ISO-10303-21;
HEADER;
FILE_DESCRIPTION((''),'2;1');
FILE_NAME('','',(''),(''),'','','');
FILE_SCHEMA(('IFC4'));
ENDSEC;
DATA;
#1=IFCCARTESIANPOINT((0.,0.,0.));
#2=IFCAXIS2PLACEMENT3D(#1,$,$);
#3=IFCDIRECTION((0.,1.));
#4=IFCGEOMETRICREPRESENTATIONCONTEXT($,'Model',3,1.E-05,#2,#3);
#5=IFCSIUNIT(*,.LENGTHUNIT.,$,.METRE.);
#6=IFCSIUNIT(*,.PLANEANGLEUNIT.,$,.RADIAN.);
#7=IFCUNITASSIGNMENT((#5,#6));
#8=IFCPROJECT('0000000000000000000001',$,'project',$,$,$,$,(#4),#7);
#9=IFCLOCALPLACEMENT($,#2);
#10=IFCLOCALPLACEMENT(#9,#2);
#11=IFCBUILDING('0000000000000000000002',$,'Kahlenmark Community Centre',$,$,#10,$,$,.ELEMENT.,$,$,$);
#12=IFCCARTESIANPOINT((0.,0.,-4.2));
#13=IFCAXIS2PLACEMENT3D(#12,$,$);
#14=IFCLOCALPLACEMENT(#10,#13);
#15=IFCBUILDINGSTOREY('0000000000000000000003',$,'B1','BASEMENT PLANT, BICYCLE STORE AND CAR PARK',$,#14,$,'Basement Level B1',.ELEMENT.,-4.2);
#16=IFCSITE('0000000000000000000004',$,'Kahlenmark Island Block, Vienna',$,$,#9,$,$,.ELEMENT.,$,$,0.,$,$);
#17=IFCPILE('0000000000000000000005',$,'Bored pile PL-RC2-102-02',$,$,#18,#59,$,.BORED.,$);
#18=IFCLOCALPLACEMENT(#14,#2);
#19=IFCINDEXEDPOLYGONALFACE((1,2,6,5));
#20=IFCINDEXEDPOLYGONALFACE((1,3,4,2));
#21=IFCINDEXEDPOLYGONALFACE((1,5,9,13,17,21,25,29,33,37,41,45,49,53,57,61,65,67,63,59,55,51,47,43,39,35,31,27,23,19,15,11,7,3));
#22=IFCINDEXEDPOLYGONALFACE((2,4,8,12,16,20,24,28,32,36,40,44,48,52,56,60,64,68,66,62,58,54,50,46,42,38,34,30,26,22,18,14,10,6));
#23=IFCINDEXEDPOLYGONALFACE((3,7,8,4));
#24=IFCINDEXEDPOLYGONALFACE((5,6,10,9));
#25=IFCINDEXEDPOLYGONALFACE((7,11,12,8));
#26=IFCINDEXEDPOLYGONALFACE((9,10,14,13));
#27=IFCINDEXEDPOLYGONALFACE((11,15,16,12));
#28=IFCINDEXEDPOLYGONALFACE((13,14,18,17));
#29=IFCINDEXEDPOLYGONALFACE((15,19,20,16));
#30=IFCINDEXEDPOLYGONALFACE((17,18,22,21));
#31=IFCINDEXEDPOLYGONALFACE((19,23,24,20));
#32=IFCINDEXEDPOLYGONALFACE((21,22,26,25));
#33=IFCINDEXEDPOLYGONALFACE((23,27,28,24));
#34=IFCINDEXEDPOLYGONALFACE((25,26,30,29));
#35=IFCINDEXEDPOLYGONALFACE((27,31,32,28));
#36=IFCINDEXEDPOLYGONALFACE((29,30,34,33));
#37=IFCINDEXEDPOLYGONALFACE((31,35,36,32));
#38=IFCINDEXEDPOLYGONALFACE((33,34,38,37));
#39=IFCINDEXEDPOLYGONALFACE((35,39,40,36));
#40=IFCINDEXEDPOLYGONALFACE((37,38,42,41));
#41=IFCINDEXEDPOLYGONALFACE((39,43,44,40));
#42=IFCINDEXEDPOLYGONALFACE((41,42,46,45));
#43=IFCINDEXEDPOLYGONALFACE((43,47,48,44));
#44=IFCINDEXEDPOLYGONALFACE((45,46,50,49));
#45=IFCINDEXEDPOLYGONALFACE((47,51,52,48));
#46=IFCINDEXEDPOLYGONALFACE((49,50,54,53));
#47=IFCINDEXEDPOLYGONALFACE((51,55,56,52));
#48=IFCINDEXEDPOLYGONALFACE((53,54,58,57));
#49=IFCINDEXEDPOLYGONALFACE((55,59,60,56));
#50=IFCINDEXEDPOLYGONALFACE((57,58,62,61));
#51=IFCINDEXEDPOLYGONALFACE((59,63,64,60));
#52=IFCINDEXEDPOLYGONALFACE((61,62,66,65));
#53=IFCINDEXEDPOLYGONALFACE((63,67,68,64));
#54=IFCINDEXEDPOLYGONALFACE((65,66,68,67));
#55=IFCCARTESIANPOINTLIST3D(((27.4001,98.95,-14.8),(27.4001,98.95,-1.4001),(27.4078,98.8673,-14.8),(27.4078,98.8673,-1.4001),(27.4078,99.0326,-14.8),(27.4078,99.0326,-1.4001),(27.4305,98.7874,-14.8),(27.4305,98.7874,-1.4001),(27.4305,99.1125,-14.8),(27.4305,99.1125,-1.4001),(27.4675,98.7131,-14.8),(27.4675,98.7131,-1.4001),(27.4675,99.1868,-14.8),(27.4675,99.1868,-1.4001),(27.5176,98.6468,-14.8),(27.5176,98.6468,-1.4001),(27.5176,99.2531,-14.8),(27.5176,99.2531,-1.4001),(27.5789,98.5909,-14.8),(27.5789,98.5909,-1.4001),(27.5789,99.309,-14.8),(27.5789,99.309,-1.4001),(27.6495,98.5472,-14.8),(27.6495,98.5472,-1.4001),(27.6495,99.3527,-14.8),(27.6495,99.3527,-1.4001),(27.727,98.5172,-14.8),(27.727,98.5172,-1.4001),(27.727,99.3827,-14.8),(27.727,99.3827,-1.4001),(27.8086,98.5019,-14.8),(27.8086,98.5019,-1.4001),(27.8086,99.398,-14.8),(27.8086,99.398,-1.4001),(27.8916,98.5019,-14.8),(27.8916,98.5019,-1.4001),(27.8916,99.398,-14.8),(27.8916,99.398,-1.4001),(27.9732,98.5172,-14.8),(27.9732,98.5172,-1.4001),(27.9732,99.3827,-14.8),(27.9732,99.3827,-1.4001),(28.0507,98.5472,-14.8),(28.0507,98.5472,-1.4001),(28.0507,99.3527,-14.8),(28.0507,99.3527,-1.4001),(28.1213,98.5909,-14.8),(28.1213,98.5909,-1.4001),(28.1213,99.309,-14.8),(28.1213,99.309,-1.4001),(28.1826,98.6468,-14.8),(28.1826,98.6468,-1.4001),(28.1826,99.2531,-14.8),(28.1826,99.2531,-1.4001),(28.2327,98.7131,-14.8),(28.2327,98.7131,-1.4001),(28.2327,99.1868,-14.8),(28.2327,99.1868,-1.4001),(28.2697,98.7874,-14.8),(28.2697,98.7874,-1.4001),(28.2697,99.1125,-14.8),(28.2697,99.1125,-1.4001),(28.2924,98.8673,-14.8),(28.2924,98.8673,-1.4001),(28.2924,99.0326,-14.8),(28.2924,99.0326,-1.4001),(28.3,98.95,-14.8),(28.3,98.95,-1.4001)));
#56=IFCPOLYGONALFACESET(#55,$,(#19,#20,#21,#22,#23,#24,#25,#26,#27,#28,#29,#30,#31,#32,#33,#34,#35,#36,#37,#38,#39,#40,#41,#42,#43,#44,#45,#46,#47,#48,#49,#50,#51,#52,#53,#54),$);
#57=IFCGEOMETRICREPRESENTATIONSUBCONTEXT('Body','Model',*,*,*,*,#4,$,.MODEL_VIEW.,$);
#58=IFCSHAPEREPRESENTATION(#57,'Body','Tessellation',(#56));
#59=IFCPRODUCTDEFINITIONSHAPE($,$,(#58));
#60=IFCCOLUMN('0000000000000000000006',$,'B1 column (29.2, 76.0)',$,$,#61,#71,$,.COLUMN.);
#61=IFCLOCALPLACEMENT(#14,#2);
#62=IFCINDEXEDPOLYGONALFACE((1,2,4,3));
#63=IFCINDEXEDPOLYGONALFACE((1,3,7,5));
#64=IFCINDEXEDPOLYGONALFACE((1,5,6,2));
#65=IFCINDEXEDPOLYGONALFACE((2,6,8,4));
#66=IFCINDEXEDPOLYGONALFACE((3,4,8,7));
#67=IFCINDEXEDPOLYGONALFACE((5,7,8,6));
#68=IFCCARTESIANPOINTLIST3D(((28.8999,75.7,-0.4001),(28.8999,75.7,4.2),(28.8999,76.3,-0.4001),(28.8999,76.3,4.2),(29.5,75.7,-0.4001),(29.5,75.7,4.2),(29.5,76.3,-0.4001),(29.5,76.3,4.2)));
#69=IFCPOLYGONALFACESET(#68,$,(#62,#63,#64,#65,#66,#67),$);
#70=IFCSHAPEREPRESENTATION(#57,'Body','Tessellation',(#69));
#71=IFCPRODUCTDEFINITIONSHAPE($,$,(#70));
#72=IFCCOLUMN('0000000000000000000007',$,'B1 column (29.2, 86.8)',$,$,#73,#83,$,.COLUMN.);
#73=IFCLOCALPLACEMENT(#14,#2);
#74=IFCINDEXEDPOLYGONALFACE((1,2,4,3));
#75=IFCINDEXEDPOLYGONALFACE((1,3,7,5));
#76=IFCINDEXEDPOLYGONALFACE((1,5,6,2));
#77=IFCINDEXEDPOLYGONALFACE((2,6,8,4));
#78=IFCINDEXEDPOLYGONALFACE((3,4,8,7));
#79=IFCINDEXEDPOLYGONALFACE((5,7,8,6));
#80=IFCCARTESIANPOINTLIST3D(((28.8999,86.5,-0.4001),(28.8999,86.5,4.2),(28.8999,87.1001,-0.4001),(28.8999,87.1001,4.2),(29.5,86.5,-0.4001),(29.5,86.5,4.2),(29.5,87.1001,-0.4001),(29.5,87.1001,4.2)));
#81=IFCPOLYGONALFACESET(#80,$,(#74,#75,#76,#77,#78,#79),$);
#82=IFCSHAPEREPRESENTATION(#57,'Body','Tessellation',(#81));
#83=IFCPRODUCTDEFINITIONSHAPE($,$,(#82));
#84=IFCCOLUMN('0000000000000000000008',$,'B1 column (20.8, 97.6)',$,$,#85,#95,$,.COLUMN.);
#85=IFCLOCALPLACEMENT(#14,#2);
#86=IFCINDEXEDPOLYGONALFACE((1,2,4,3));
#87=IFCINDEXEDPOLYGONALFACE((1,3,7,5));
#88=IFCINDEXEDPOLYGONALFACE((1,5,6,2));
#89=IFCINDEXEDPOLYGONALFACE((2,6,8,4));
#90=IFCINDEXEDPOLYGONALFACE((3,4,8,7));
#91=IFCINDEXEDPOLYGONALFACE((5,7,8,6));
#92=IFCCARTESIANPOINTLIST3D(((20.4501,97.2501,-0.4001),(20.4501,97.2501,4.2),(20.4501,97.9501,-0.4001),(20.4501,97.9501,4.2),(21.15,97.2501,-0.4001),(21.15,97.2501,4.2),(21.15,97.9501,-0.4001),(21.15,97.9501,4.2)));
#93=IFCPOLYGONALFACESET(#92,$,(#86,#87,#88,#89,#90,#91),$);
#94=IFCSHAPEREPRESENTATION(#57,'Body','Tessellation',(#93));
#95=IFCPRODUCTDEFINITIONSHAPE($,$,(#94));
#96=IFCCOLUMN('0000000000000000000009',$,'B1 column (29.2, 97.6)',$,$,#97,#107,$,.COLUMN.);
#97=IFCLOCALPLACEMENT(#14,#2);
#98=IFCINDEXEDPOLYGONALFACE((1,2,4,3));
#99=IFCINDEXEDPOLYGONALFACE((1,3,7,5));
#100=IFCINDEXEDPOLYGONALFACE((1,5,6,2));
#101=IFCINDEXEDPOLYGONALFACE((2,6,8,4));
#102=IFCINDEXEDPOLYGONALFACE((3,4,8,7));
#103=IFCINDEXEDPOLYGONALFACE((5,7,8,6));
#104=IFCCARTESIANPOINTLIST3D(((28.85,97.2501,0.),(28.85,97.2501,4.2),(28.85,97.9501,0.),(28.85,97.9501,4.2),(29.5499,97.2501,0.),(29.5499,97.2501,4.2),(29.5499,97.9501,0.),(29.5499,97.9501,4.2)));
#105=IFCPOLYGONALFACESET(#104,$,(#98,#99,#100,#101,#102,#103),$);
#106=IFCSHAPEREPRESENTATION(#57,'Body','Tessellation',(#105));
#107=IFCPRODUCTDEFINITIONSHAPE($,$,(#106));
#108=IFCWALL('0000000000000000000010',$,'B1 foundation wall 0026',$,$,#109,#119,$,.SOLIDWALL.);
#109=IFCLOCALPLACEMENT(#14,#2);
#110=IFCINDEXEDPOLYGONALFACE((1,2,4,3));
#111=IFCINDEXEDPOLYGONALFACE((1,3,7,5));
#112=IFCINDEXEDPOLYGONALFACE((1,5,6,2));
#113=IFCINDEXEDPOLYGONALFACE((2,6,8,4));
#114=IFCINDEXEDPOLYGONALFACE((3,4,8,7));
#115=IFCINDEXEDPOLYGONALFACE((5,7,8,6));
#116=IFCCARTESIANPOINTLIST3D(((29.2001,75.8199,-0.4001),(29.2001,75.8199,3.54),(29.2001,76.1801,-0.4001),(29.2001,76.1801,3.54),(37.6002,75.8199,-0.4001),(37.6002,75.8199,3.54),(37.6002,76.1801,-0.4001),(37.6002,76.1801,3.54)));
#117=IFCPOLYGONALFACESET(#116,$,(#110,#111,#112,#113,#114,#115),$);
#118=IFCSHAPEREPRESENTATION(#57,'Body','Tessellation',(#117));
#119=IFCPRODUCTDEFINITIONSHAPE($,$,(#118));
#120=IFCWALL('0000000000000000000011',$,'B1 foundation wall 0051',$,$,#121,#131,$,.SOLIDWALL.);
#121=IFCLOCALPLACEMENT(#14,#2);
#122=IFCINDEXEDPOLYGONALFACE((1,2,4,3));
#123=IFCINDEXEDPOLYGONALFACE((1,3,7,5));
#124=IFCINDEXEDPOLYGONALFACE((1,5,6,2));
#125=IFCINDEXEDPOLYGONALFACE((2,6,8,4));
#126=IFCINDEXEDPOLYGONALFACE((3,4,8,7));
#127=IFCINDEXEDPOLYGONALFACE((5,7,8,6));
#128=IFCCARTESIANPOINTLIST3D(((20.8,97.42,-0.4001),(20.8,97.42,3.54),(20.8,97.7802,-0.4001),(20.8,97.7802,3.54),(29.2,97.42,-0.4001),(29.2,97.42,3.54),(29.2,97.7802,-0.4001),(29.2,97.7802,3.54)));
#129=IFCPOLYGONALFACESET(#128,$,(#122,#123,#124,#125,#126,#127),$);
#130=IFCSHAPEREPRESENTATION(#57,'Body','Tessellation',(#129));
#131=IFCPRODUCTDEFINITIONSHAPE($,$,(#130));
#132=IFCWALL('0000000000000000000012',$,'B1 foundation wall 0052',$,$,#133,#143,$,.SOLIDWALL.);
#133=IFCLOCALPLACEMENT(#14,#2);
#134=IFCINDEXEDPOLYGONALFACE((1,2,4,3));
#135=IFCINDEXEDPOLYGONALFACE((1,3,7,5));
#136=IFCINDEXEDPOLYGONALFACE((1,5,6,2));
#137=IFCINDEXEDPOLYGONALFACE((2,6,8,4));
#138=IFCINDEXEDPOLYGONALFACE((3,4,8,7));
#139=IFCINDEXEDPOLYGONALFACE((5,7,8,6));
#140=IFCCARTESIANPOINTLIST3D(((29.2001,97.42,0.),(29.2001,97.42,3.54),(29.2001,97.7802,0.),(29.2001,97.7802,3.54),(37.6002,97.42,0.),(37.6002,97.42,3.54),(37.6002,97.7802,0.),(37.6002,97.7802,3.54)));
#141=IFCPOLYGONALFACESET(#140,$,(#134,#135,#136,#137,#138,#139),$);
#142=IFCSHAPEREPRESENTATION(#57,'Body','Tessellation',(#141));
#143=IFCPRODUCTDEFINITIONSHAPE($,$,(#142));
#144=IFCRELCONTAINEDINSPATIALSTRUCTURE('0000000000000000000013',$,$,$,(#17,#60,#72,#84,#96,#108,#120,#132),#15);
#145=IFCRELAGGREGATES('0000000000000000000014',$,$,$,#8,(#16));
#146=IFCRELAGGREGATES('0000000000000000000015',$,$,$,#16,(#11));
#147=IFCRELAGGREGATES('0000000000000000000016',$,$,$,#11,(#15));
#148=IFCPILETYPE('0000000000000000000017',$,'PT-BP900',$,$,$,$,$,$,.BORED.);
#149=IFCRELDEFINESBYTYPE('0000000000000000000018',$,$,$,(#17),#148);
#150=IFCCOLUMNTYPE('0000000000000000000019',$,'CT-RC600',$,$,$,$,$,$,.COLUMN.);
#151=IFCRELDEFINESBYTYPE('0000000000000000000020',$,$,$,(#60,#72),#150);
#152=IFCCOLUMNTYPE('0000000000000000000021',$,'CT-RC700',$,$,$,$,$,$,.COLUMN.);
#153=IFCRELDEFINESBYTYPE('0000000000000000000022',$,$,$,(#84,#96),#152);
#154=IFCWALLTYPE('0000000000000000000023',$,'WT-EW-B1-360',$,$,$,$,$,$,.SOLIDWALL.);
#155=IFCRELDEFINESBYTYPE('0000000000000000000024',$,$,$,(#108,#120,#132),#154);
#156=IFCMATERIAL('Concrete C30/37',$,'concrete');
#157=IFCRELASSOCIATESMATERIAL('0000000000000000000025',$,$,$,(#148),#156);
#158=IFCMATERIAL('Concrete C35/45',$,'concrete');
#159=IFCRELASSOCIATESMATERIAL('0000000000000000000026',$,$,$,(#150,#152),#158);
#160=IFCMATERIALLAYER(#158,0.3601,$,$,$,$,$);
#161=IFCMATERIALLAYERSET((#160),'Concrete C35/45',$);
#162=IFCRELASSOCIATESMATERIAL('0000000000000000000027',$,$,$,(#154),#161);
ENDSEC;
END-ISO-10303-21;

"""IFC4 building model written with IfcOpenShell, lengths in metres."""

from ifc_helpers import new_model, si_unit, direction, frame, frame_2d, origin, origin_2d, place, context, subcontext, project, spatial, rectangle, circle, extrude, material, layer, layer_set, material_profile, profile_set, type_object, element, save


model = new_model("IFC4")

# Units and contexts
model_context = context("Model", 3, precision=1e-05, world=origin(), true_north=direction((0.0, 1.0)))
body_context = subcontext(model_context, "Body", "Model", "MODEL_VIEW")
ifc_project = project(units=[si_unit("LENGTHUNIT", "METRE"), si_unit("PLANEANGLEUNIT", "RADIAN")], contexts=[model_context])

# Site, building, storey
site_placement = place(None, origin())
site = spatial("IfcSite", under=ifc_project, at=site_placement, Name="Kahlenmark Island Block, Vienna", CompositionType="ELEMENT", RefElevation=0.0)
building_placement = place(site_placement, origin())
building = spatial("IfcBuilding", under=site, at=building_placement, Name="Kahlenmark Community Centre", CompositionType="ELEMENT")
storey_placement = place(building_placement, frame((0.0, 0.0, -4.2)))
storey = spatial("IfcBuildingStorey", under=building, at=storey_placement, Name="B1", Description="BASEMENT PLANT, BICYCLE STORE AND CAR PARK", LongName="Basement Level B1", CompositionType="ELEMENT", Elevation=-4.2)

# Shared definitions
ifc_material_1 = material(Name="Concrete C30/37", Category="concrete")

# Pile
ifc_material_profile_1 = material_profile(ifc_material_1, circle(Radius=0.45, at=origin_2d()), Name="BORED PILE 900")
ifc_profile_set_1 = profile_set([ifc_material_profile_1], Name="Concrete C30/37")
pile_type_1 = type_object("IfcPileType", Name="PT-BP900", PredefinedType="BORED", material=ifc_profile_set_1)
for number, where, z_axis, x_axis, name in (
    (1, (27.8501, 98.95, -1.4001), (0.0, 0.0, -1.0), (1.0, 0.0, 0.0), "Bored pile PL-RC2-102-02"),
):
    element("IfcPile", number, at=place(storey_placement, frame(where, z_axis=z_axis, x_axis=x_axis)), inside=storey, type_object=pile_type_1, Name=name, PredefinedType="BORED", context=body_context, shape_type="SweptSolid", body=[
        extrude(circle(Radius=0.45, at=origin_2d()), origin(), (0.0, 0.0, 1.0), 13.3999),
    ])

# Columns
ifc_material_2 = material(Name="Concrete C35/45", Category="concrete")
ifc_material_profile_2 = material_profile(ifc_material_2, rectangle(XDim=0.6001, YDim=0.6001, at=origin_2d()), Name="RC 600x600")
ifc_profile_set_2 = profile_set([ifc_material_profile_2], Name="Concrete C35/45")
column_type_1 = type_object("IfcColumnType", Name="CT-RC600", PredefinedType="COLUMN", material=ifc_profile_set_2)
for number, where, z_axis, x_axis, name in (
    (2, (29.2, 76.0, -0.4001), (0.0, 0.0, 1.0), (1.0, 0.0, 0.0), "B1 column (29.2, 76.0)"),
    (3, (29.2, 86.8, -0.4001), (0.0, 0.0, 1.0), (1.0, 0.0, 0.0), "B1 column (29.2, 86.8)"),
):
    element("IfcColumn", number, at=place(storey_placement, frame(where, z_axis=z_axis, x_axis=x_axis)), inside=storey, type_object=column_type_1, Name=name, PredefinedType="COLUMN", context=body_context, shape_type="SweptSolid", body=[
        extrude(rectangle(XDim=0.6001, YDim=0.6001, at=origin_2d()), origin(), (0.0, 0.0, 1.0), 4.6001),
    ])
ifc_material_profile_3 = material_profile(ifc_material_2, rectangle(XDim=0.7, YDim=0.7, at=origin_2d()), Name="RC 700x700")
ifc_profile_set_3 = profile_set([ifc_material_profile_3], Name="Concrete C35/45")
column_type_2 = type_object("IfcColumnType", Name="CT-RC700", PredefinedType="COLUMN", material=ifc_profile_set_3)
column_1_placement = place(storey_placement, frame((20.8, 97.6001, -0.4001), z_axis=(0.0, 0.0, 1.0), x_axis=(1.0, 0.0, 0.0)))
element("IfcColumn", 4, at=column_1_placement, inside=storey, type_object=column_type_2, Name="B1 column (20.8, 97.6)", PredefinedType="COLUMN", context=body_context, shape_type="SweptSolid", body=[
    extrude(rectangle(XDim=0.7, YDim=0.7, at=origin_2d()), origin(), (0.0, 0.0, 1.0), 4.6001),
])
column_2_placement = place(storey_placement, frame((29.2, 97.6001, 0.0), z_axis=(0.0, 0.0, 1.0), x_axis=(1.0, 0.0, 0.0)))
element("IfcColumn", 5, at=column_2_placement, inside=storey, type_object=column_type_2, Name="B1 column (29.2, 97.6)", PredefinedType="COLUMN", context=body_context, shape_type="SweptSolid", body=[
    extrude(rectangle(XDim=0.7, YDim=0.7, at=origin_2d()), origin(), (0.0, 0.0, 1.0), 4.2),
])

# Walls
ifc_layer = layer(ifc_material_2, 0.3601)
ifc_layer_set = layer_set([ifc_layer], Name="Concrete C35/45")
wall_type = type_object("IfcWallType", Name="WT-EW-B1-360", PredefinedType="SOLIDWALL", material=ifc_layer_set)
wall_1_placement = place(storey_placement, frame((29.2, 76.0, -0.4001), z_axis=(0.0, 0.0, 1.0), x_axis=(1.0, 0.0, 0.0)))
element("IfcWall", 6, at=wall_1_placement, inside=storey, type_object=wall_type, Name="B1 foundation wall 0026", PredefinedType="SOLIDWALL", context=body_context, shape_type="SweptSolid", body=[
    extrude(rectangle(XDim=8.4001, YDim=0.3601, at=frame_2d((4.2002, 0.0))), origin(), (0.0, 0.0, 1.0), 3.9402),
])
wall_2_placement = place(storey_placement, frame((20.8, 97.6001, -0.4001), z_axis=(0.0, 0.0, 1.0), x_axis=(1.0, 0.0, 0.0)))
element("IfcWall", 7, at=wall_2_placement, inside=storey, type_object=wall_type, Name="B1 foundation wall 0051", PredefinedType="SOLIDWALL", context=body_context, shape_type="SweptSolid", body=[
    extrude(rectangle(XDim=8.3999, YDim=0.3601, at=frame_2d((4.2, 0.0))), origin(), (0.0, 0.0, 1.0), 3.9402),
])
wall_3_placement = place(storey_placement, frame((29.2, 97.6001, 0.0), z_axis=(0.0, 0.0, 1.0), x_axis=(1.0, 0.0, 0.0)))
element("IfcWall", 8, at=wall_3_placement, inside=storey, type_object=wall_type, Name="B1 foundation wall 0052", PredefinedType="SOLIDWALL", context=body_context, shape_type="SweptSolid", body=[
    extrude(rectangle(XDim=8.4001, YDim=0.3601, at=frame_2d((4.2002, 0.0))), origin(), (0.0, 0.0, 1.0), 3.54),
])

save(model, "model.ifc")
